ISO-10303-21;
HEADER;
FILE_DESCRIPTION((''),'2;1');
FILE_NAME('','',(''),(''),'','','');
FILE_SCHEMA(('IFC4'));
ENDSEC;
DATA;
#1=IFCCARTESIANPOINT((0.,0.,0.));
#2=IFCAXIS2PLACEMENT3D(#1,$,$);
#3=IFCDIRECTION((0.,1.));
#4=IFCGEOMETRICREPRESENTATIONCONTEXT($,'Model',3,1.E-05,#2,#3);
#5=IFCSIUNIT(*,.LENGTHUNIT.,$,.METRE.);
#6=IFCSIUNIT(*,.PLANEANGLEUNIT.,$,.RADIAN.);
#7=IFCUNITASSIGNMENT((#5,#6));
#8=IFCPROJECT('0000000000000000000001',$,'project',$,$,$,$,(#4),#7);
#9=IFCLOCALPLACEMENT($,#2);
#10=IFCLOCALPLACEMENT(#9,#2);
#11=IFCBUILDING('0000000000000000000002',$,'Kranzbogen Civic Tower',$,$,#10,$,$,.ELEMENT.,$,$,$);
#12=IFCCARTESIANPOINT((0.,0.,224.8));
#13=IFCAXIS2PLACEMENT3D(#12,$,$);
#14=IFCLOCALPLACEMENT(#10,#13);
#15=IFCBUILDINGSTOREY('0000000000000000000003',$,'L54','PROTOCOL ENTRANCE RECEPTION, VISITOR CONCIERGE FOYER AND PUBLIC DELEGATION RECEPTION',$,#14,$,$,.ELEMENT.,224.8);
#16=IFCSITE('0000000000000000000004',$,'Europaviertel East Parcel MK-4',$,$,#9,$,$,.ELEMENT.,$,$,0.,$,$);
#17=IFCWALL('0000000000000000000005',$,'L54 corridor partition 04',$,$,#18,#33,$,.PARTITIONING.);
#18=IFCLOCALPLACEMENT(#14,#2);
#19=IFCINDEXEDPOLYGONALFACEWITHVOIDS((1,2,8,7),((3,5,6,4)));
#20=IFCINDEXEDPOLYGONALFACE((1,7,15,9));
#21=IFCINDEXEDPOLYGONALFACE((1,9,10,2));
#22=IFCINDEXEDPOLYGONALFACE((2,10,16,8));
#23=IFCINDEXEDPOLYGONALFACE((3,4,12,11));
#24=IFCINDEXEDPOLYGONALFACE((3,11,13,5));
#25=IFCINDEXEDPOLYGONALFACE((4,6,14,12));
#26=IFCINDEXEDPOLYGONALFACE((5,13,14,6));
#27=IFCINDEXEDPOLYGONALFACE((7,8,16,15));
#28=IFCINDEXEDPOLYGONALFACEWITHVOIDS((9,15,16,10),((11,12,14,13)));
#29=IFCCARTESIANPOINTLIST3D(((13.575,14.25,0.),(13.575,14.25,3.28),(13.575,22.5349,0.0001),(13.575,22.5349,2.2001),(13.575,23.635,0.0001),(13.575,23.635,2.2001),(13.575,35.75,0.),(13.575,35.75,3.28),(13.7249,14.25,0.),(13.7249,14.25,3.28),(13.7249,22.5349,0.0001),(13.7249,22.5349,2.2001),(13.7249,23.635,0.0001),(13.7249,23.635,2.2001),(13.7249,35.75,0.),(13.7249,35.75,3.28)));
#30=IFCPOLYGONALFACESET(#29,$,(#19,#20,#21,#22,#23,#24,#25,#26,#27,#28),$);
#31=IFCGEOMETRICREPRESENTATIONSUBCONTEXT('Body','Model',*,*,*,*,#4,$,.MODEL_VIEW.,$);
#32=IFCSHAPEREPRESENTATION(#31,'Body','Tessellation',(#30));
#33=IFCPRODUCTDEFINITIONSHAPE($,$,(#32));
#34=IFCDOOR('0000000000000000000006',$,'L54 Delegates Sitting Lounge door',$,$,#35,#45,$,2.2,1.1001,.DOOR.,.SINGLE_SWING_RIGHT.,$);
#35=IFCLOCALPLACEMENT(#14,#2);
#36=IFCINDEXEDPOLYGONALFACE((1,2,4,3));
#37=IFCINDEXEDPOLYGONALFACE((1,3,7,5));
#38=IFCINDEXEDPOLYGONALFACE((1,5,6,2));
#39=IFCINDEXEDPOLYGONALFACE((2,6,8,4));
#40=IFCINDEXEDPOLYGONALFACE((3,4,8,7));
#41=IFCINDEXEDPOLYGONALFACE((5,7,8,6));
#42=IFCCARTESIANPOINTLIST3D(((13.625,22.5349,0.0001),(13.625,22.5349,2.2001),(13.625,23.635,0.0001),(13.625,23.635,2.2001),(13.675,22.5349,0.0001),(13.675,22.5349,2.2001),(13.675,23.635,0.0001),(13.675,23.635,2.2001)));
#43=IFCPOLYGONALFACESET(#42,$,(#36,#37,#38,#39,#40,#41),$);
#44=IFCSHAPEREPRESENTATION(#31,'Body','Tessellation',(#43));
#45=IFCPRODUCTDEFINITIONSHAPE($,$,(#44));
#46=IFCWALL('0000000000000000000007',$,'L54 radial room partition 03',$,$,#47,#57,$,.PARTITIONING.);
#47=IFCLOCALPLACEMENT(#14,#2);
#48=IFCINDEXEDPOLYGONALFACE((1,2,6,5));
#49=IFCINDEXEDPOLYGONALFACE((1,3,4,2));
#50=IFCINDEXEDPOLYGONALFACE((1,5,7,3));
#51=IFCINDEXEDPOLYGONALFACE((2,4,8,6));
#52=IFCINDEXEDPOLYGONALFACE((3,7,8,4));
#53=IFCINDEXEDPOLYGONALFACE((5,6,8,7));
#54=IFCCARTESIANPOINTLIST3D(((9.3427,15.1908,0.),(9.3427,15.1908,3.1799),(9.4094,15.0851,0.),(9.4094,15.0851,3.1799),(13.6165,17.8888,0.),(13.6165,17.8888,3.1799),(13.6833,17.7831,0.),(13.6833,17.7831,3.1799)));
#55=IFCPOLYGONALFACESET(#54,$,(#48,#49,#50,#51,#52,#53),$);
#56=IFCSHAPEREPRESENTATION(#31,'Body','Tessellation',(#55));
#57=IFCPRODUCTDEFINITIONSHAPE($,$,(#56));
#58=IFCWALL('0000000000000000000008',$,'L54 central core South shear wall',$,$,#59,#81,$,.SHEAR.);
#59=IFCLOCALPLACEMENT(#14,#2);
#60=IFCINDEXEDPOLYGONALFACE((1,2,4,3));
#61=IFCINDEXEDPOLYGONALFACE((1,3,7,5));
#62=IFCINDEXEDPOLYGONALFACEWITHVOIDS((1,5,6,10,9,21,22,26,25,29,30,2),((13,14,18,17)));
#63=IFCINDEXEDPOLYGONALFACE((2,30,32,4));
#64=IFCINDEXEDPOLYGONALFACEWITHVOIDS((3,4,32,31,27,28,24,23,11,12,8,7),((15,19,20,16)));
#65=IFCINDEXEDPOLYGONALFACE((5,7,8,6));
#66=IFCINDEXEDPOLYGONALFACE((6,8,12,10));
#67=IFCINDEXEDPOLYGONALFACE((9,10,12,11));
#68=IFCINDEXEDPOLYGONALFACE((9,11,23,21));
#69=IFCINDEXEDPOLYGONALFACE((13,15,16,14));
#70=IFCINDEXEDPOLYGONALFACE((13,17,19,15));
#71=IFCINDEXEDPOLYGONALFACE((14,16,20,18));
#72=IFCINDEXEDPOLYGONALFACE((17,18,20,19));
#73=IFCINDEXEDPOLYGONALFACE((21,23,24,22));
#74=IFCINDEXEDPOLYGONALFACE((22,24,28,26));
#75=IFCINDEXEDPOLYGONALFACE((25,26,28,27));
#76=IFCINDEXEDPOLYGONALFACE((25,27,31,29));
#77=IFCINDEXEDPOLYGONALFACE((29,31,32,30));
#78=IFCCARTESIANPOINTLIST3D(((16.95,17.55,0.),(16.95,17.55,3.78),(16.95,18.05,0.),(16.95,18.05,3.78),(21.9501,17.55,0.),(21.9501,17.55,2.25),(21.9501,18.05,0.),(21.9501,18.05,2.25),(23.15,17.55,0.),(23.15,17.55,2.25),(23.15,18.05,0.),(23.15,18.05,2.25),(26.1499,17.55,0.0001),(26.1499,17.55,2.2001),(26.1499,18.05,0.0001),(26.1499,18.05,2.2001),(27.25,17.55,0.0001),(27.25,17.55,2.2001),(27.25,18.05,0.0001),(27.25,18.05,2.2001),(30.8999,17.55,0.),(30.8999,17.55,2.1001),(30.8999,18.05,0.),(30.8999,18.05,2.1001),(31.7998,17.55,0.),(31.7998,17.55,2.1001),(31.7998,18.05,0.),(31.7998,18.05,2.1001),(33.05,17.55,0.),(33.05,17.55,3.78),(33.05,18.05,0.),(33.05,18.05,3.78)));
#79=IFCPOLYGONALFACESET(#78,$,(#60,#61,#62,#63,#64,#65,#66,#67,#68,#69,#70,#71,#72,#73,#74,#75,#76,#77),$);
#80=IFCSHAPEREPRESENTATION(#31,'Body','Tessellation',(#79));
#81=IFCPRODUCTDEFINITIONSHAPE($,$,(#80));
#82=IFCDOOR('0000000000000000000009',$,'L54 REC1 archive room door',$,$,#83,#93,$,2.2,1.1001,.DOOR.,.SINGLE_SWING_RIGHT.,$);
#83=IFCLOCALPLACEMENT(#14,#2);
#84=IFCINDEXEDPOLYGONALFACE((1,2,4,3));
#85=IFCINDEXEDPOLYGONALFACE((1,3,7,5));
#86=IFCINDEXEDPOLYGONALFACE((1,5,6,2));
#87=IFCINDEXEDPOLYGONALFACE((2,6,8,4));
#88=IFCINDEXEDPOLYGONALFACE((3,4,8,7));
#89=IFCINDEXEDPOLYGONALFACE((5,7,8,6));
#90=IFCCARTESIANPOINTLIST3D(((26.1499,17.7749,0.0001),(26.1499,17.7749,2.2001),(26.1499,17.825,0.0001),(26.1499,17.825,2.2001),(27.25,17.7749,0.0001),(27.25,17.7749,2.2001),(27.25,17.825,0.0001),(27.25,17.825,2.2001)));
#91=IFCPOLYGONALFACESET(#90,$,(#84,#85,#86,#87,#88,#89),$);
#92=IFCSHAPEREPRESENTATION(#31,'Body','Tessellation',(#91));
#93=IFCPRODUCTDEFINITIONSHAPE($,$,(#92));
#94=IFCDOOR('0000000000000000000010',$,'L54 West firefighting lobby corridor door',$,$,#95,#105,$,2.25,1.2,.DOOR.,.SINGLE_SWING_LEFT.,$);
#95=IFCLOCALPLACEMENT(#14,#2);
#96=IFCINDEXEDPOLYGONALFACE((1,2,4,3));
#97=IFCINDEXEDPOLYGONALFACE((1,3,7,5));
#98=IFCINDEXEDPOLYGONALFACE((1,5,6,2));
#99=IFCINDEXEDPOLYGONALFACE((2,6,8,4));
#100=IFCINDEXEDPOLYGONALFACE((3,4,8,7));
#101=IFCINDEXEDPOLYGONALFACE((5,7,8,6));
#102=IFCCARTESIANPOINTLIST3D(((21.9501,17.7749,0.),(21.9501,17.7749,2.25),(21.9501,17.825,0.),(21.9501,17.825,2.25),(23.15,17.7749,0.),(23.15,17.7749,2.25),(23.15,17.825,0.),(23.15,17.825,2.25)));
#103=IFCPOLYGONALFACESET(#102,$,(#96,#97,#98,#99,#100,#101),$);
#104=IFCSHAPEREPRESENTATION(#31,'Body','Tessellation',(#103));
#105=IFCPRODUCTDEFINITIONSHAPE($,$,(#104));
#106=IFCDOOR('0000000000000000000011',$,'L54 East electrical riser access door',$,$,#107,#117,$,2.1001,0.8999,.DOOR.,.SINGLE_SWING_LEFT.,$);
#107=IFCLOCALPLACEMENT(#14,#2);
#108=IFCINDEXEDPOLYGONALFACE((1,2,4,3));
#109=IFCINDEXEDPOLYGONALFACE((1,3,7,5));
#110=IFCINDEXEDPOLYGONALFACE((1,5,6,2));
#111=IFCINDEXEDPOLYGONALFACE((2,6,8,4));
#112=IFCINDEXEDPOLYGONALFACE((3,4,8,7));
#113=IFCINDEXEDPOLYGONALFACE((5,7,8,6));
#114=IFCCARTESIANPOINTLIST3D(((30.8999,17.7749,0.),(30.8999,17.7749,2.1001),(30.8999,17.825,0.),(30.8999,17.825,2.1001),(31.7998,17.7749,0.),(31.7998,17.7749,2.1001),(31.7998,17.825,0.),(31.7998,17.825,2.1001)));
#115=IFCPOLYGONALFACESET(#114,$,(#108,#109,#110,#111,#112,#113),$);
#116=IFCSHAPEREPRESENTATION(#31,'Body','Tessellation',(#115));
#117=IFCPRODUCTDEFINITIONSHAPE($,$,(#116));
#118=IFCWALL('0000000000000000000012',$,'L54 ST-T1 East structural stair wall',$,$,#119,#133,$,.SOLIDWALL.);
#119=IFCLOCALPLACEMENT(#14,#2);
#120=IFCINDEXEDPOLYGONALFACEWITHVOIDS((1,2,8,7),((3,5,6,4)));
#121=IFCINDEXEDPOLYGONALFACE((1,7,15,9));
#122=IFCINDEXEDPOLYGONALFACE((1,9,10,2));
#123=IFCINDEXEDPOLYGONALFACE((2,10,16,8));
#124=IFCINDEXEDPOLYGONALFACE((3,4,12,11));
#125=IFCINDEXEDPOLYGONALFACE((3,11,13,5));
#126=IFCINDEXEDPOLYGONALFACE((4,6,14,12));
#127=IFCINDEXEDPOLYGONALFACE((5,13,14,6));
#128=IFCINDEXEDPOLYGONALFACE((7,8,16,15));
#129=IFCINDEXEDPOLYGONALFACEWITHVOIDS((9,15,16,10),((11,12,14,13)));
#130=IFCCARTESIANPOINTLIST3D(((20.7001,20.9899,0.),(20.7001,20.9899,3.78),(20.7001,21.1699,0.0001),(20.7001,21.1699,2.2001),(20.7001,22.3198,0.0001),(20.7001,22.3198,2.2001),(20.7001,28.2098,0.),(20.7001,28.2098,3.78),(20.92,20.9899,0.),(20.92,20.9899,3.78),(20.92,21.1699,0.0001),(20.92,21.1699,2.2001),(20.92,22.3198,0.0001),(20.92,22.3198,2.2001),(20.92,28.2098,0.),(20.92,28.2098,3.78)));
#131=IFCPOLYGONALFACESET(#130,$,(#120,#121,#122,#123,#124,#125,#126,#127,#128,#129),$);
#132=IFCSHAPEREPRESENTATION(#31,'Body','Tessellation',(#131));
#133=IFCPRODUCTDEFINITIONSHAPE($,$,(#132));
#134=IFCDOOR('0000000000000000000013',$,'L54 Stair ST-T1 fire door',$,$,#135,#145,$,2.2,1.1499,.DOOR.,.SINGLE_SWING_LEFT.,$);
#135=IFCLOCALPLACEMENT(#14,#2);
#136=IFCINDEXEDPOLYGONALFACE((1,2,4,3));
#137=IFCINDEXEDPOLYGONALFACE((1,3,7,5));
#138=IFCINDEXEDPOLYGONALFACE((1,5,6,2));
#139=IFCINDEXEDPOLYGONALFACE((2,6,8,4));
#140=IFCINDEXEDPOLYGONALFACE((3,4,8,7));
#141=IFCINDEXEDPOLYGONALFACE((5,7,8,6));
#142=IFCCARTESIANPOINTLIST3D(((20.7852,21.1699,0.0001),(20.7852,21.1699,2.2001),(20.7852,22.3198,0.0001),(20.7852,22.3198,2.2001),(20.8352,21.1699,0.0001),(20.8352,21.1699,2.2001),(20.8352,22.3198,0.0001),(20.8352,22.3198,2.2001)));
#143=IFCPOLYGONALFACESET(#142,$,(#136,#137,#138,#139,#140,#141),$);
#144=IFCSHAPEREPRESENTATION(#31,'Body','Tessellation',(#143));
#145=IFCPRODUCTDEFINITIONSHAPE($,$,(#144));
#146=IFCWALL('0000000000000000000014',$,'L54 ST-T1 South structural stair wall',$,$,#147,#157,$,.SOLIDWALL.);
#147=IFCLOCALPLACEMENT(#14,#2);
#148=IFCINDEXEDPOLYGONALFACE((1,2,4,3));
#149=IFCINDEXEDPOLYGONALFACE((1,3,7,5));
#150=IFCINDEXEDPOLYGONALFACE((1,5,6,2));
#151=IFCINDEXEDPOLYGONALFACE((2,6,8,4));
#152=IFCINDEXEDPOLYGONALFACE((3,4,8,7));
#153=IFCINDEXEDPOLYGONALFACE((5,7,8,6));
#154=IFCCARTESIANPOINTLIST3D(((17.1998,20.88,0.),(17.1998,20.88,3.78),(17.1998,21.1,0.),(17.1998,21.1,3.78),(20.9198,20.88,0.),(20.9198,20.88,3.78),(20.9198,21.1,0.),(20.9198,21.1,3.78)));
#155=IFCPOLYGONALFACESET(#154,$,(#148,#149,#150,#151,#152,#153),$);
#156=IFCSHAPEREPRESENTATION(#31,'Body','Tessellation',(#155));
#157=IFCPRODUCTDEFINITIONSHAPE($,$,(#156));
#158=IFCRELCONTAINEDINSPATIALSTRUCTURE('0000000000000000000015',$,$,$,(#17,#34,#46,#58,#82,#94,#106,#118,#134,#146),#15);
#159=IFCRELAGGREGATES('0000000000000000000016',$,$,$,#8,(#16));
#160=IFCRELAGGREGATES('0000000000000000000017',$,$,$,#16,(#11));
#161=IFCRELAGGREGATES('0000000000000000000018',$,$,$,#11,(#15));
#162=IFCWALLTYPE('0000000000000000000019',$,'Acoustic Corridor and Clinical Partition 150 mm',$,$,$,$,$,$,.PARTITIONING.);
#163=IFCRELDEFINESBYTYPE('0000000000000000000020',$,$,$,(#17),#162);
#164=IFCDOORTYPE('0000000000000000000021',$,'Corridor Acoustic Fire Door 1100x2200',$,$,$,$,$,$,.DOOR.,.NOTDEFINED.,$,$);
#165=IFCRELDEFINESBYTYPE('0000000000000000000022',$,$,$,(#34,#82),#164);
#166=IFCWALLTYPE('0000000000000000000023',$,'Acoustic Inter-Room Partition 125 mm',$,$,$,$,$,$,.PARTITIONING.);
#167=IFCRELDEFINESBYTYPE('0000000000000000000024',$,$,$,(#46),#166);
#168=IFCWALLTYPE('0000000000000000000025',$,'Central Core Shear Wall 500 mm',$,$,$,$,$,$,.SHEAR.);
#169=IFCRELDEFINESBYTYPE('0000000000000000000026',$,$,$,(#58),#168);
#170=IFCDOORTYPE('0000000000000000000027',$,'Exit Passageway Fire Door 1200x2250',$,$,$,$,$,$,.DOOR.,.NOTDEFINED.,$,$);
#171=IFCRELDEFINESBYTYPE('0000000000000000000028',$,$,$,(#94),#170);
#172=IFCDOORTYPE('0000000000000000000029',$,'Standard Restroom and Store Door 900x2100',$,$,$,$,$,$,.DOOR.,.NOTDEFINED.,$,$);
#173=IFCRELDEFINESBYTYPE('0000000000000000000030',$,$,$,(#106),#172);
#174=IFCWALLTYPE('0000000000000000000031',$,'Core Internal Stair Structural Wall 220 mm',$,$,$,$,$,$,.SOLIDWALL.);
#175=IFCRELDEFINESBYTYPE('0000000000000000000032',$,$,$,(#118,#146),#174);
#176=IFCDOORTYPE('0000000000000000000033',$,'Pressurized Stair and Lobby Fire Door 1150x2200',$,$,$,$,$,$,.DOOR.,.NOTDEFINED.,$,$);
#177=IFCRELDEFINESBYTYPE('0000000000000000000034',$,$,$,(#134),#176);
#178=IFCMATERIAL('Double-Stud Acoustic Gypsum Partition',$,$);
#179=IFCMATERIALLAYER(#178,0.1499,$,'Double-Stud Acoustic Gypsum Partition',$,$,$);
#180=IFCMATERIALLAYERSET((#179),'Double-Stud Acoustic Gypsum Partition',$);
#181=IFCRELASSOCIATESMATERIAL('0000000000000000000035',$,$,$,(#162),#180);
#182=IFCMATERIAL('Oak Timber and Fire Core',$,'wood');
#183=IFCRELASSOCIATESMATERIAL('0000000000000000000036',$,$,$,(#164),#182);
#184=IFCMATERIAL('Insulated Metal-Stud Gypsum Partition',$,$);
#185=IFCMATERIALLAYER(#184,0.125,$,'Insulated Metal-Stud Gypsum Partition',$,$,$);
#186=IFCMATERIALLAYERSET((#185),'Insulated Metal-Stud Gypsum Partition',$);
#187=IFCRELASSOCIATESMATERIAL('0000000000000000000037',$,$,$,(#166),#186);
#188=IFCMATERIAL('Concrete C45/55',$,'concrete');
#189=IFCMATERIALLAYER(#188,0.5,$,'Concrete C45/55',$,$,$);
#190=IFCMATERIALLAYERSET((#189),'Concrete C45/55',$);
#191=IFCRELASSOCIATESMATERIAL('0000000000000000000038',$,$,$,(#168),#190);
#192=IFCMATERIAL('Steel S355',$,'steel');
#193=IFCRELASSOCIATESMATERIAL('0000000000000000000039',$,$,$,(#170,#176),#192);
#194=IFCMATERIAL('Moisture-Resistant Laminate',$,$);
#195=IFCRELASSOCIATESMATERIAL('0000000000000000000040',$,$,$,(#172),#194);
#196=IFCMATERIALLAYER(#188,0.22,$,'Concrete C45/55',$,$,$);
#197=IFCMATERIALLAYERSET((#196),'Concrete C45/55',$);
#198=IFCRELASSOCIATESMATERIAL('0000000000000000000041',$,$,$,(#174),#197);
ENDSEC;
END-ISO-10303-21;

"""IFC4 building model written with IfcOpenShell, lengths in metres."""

from ifc_helpers import new_model, si_unit, direction, frame, frame_2d, origin, place, context, subcontext, project, spatial, rectangle, extrude, material, layer, layer_set, type_object, element, fill, save


model = new_model("IFC4")

# Units and contexts
model_context = context("Model", 3, precision=1e-05, world=origin(), true_north=direction((0.0, 1.0)))
body_context = subcontext(model_context, "Body", "Model", "MODEL_VIEW")
ifc_project = project(units=[si_unit("LENGTHUNIT", "METRE"), si_unit("PLANEANGLEUNIT", "RADIAN")], contexts=[model_context])

# Site, building, storey
site_placement = place(None, origin())
site = spatial("IfcSite", under=ifc_project, at=site_placement, Name="Europaviertel East Parcel MK-4", CompositionType="ELEMENT", RefElevation=0.0)
building_placement = place(site_placement, origin())
building = spatial("IfcBuilding", under=site, at=building_placement, Name="Kranzbogen Civic Tower", CompositionType="ELEMENT")
storey_placement = place(building_placement, frame((0.0, 0.0, 224.8)))
storey = spatial("IfcBuildingStorey", under=building, at=storey_placement, Name="L54", Description="PROTOCOL ENTRANCE RECEPTION, VISITOR CONCIERGE FOYER AND PUBLIC DELEGATION RECEPTION", CompositionType="ELEMENT", Elevation=224.8)

# Shared definitions
ifc_material_1 = material(Name="Steel S355", Category="steel")

# Wall, opening, door
ifc_material_2 = material(Name="Double-Stud Acoustic Gypsum Partition")
ifc_layer_1 = layer(ifc_material_2, 0.1499, Name="Double-Stud Acoustic Gypsum Partition")
ifc_layer_set_1 = layer_set([ifc_layer_1], Name="Double-Stud Acoustic Gypsum Partition")
wall_type_1 = type_object("IfcWallType", Name="Acoustic Corridor and Clinical Partition 150 mm", PredefinedType="PARTITIONING", material=ifc_layer_set_1)
wall_1_placement = place(storey_placement, frame((13.6499, 14.25, 0.0), z_axis=(0.0, 0.0, 1.0), x_axis=(0.0, 1.0, 0.0)))
wall_1 = element("IfcWall", 1, at=wall_1_placement, inside=storey, type_object=wall_type_1, Name="L54 corridor partition 04", PredefinedType="PARTITIONING", context=body_context, shape_type="SweptSolid", body=[
    extrude(rectangle(XDim=21.5, YDim=0.1499, at=frame_2d((10.75, 0.0))), origin(), (0.0, 0.0, 1.0), 3.28),
])
opening_1_placement = place(wall_1_placement, frame((8.2849, 0.0, 0.0)))
opening_1 = element("IfcOpeningElement", 2, at=opening_1_placement, cuts=wall_1, PredefinedType="OPENING", context=body_context, shape_type="SweptSolid", body=[
    extrude(rectangle(XDim=1.1001, YDim=2.2, at=frame_2d((0.55, 1.1001))), frame((0.0, 0.085, 0.0), z_axis=(0.0, -1.0, 0.0), x_axis=(1.0, 0.0, 0.0)), (0.0, 0.0, 1.0), 0.1699),
])
ifc_material_3 = material(Name="Oak Timber and Fire Core", Category="wood")
door_type_1 = type_object("IfcDoorType", Name="Corridor Acoustic Fire Door 1100x2200", OperationType="NOTDEFINED", PredefinedType="DOOR", material=ifc_material_3)
door_1_placement = place(opening_1_placement, origin())
door_1 = element("IfcDoor", 3, at=door_1_placement, inside=storey, type_object=door_type_1, Name="L54 Delegates Sitting Lounge door", OperationType="SINGLE_SWING_RIGHT", OverallHeight=2.2, OverallWidth=1.1001, PredefinedType="DOOR", context=body_context, shape_type="SweptSolid", body=[
    extrude(rectangle(XDim=1.1001, YDim=2.2, at=frame_2d((0.55, 1.1001))), frame((0.0, 0.0249, 0.0), z_axis=(0.0, -1.0, 0.0), x_axis=(1.0, 0.0, 0.0)), (0.0, 0.0, 1.0), 0.05),
])
fill(opening_1, door_1)

# Wall
ifc_material_4 = material(Name="Insulated Metal-Stud Gypsum Partition")
ifc_layer_2 = layer(ifc_material_4, 0.125, Name="Insulated Metal-Stud Gypsum Partition")
ifc_layer_set_2 = layer_set([ifc_layer_2], Name="Insulated Metal-Stud Gypsum Partition")
wall_type_2 = type_object("IfcWallType", Name="Acoustic Inter-Room Partition 125 mm", PredefinedType="PARTITIONING", material=ifc_layer_set_2)
wall_2_placement = place(storey_placement, frame((13.6499, 17.8359, 0.0), z_axis=(0.0, 0.0, 1.0), x_axis=(-0.845607, -0.533806, 0.0)))
element("IfcWall", 4, at=wall_2_placement, inside=storey, type_object=wall_type_2, Name="L54 radial room partition 03", PredefinedType="PARTITIONING", context=body_context, shape_type="SweptSolid", body=[
    extrude(rectangle(XDim=5.0542, YDim=0.125, at=frame_2d((2.5271, 0.0))), origin(), (0.0, 0.0, 1.0), 3.1799),
])

# Wall, openings, doors
ifc_material_5 = material(Name="Concrete C45/55", Category="concrete")
ifc_layer_3 = layer(ifc_material_5, 0.5, Name="Concrete C45/55")
ifc_layer_set_3 = layer_set([ifc_layer_3], Name="Concrete C45/55")
wall_type_3 = type_object("IfcWallType", Name="Central Core Shear Wall 500 mm", PredefinedType="SHEAR", material=ifc_layer_set_3)
wall_3_placement = place(storey_placement, frame((16.95, 17.8, 0.0), z_axis=(0.0, 0.0, 1.0), x_axis=(1.0, 0.0, 0.0)))
wall_3 = element("IfcWall", 5, at=wall_3_placement, inside=storey, type_object=wall_type_3, Name="L54 central core South shear wall", PredefinedType="SHEAR", context=body_context, shape_type="SweptSolid", body=[
    extrude(rectangle(XDim=16.1001, YDim=0.5, at=frame_2d((8.05, 0.0))), origin(), (0.0, 0.0, 1.0), 3.78),
])
opening_2_placement = place(wall_3_placement, frame((5.0, 0.0, 0.0)))
opening_2 = element("IfcOpeningElement", 6, at=opening_2_placement, cuts=wall_3, PredefinedType="OPENING", context=body_context, shape_type="SweptSolid", body=[
    extrude(rectangle(XDim=1.2, YDim=2.25, at=frame_2d((0.6001, 1.125))), frame((0.0, 0.26, 0.0), z_axis=(0.0, -1.0, 0.0), x_axis=(1.0, 0.0, 0.0)), (0.0, 0.0, 1.0), 0.52),
])
opening_3_placement = place(wall_3_placement, frame((13.95, 0.0, 0.0)))
opening_3 = element("IfcOpeningElement", 7, at=opening_3_placement, cuts=wall_3, PredefinedType="OPENING", context=body_context, shape_type="SweptSolid", body=[
    extrude(rectangle(XDim=0.8999, YDim=2.1001, at=frame_2d((0.45, 1.05))), frame((0.0, 0.26, 0.0), z_axis=(0.0, -1.0, 0.0), x_axis=(1.0, 0.0, 0.0)), (0.0, 0.0, 1.0), 0.52),
])
opening_4_placement = place(wall_3_placement, frame((9.2, 0.0, 0.0)))
opening_4 = element("IfcOpeningElement", 8, at=opening_4_placement, cuts=wall_3, PredefinedType="OPENING", context=body_context, shape_type="SweptSolid", body=[
    extrude(rectangle(XDim=1.1001, YDim=2.2, at=frame_2d((0.55, 1.1001))), frame((0.0, 0.26, 0.0), z_axis=(0.0, -1.0, 0.0), x_axis=(1.0, 0.0, 0.0)), (0.0, 0.0, 1.0), 0.52),
])
door_2_placement = place(opening_4_placement, origin())
door_2 = element("IfcDoor", 9, at=door_2_placement, inside=storey, type_object=door_type_1, Name="L54 REC1 archive room door", OperationType="SINGLE_SWING_RIGHT", OverallHeight=2.2, OverallWidth=1.1001, PredefinedType="DOOR", context=body_context, shape_type="SweptSolid", body=[
    extrude(rectangle(XDim=1.1001, YDim=2.2, at=frame_2d((0.55, 1.1001))), frame((0.0, 0.0249, 0.0), z_axis=(0.0, -1.0, 0.0), x_axis=(1.0, 0.0, 0.0)), (0.0, 0.0, 1.0), 0.05),
])
fill(opening_4, door_2)
door_type_2 = type_object("IfcDoorType", Name="Exit Passageway Fire Door 1200x2250", OperationType="NOTDEFINED", PredefinedType="DOOR", material=ifc_material_1)
door_3_placement = place(opening_2_placement, origin())
door_3 = element("IfcDoor", 10, at=door_3_placement, inside=storey, type_object=door_type_2, Name="L54 West firefighting lobby corridor door", OperationType="SINGLE_SWING_LEFT", OverallHeight=2.25, OverallWidth=1.2, PredefinedType="DOOR", context=body_context, shape_type="SweptSolid", body=[
    extrude(rectangle(XDim=1.2, YDim=2.25, at=frame_2d((0.6001, 1.125))), frame((0.0, 0.0249, 0.0), z_axis=(0.0, -1.0, 0.0), x_axis=(1.0, 0.0, 0.0)), (0.0, 0.0, 1.0), 0.05),
])
fill(opening_2, door_3)
ifc_material_6 = material(Name="Moisture-Resistant Laminate")
door_type_3 = type_object("IfcDoorType", Name="Standard Restroom and Store Door 900x2100", OperationType="NOTDEFINED", PredefinedType="DOOR", material=ifc_material_6)
door_4_placement = place(opening_3_placement, origin())
door_4 = element("IfcDoor", 11, at=door_4_placement, inside=storey, type_object=door_type_3, Name="L54 East electrical riser access door", OperationType="SINGLE_SWING_LEFT", OverallHeight=2.1001, OverallWidth=0.8999, PredefinedType="DOOR", context=body_context, shape_type="SweptSolid", body=[
    extrude(rectangle(XDim=0.8999, YDim=2.1001, at=frame_2d((0.45, 1.05))), frame((0.0, 0.0249, 0.0), z_axis=(0.0, -1.0, 0.0), x_axis=(1.0, 0.0, 0.0)), (0.0, 0.0, 1.0), 0.05),
])
fill(opening_3, door_4)

# Wall, opening, door
ifc_layer_4 = layer(ifc_material_5, 0.22, Name="Concrete C45/55")
ifc_layer_set_4 = layer_set([ifc_layer_4], Name="Concrete C45/55")
wall_type_4 = type_object("IfcWallType", Name="Core Internal Stair Structural Wall 220 mm", PredefinedType="SOLIDWALL", material=ifc_layer_set_4)
wall_4_placement = place(storey_placement, frame((20.8101, 20.99, 0.0), z_axis=(0.0, 0.0, 1.0), x_axis=(0.0, 1.0, 0.0)))
wall_4 = element("IfcWall", 12, at=wall_4_placement, inside=storey, type_object=wall_type_4, Name="L54 ST-T1 East structural stair wall", PredefinedType="SOLIDWALL", context=body_context, shape_type="SweptSolid", body=[
    extrude(rectangle(XDim=7.22, YDim=0.22, at=frame_2d((3.6099, 0.0))), origin(), (0.0, 0.0, 1.0), 3.78),
])
opening_5_placement = place(wall_4_placement, frame((0.1799, 0.0, 0.0)))
opening_5 = element("IfcOpeningElement", 13, at=opening_5_placement, cuts=wall_4, PredefinedType="OPENING", context=body_context, shape_type="SweptSolid", body=[
    extrude(rectangle(XDim=1.1499, YDim=2.2, at=frame_2d((0.575, 1.1001))), frame((0.0, 0.1201, 0.0), z_axis=(0.0, -1.0, 0.0), x_axis=(1.0, 0.0, 0.0)), (0.0, 0.0, 1.0), 0.24),
])
door_type_4 = type_object("IfcDoorType", Name="Pressurized Stair and Lobby Fire Door 1150x2200", OperationType="NOTDEFINED", PredefinedType="DOOR", material=ifc_material_1)
door_5_placement = place(opening_5_placement, origin())
door_5 = element("IfcDoor", 14, at=door_5_placement, inside=storey, type_object=door_type_4, Name="L54 Stair ST-T1 fire door", OperationType="SINGLE_SWING_LEFT", OverallHeight=2.2, OverallWidth=1.1499, PredefinedType="DOOR", context=body_context, shape_type="SweptSolid", body=[
    extrude(rectangle(XDim=1.1499, YDim=2.2, at=frame_2d((0.575, 1.1001))), frame((0.0, 0.0249, 0.0), z_axis=(0.0, -1.0, 0.0), x_axis=(1.0, 0.0, 0.0)), (0.0, 0.0, 1.0), 0.05),
])
fill(opening_5, door_5)

# Wall
wall_5_placement = place(storey_placement, frame((17.2, 20.99, 0.0), z_axis=(0.0, 0.0, 1.0), x_axis=(1.0, 0.0, 0.0)))
element("IfcWall", 15, at=wall_5_placement, inside=storey, type_object=wall_type_4, Name="L54 ST-T1 South structural stair wall", PredefinedType="SOLIDWALL", context=body_context, shape_type="SweptSolid", body=[
    extrude(rectangle(XDim=3.72, YDim=0.22, at=frame_2d((1.8599, 0.0))), origin(), (0.0, 0.0, 1.0), 3.78),
])

save(model, "model.ifc")
